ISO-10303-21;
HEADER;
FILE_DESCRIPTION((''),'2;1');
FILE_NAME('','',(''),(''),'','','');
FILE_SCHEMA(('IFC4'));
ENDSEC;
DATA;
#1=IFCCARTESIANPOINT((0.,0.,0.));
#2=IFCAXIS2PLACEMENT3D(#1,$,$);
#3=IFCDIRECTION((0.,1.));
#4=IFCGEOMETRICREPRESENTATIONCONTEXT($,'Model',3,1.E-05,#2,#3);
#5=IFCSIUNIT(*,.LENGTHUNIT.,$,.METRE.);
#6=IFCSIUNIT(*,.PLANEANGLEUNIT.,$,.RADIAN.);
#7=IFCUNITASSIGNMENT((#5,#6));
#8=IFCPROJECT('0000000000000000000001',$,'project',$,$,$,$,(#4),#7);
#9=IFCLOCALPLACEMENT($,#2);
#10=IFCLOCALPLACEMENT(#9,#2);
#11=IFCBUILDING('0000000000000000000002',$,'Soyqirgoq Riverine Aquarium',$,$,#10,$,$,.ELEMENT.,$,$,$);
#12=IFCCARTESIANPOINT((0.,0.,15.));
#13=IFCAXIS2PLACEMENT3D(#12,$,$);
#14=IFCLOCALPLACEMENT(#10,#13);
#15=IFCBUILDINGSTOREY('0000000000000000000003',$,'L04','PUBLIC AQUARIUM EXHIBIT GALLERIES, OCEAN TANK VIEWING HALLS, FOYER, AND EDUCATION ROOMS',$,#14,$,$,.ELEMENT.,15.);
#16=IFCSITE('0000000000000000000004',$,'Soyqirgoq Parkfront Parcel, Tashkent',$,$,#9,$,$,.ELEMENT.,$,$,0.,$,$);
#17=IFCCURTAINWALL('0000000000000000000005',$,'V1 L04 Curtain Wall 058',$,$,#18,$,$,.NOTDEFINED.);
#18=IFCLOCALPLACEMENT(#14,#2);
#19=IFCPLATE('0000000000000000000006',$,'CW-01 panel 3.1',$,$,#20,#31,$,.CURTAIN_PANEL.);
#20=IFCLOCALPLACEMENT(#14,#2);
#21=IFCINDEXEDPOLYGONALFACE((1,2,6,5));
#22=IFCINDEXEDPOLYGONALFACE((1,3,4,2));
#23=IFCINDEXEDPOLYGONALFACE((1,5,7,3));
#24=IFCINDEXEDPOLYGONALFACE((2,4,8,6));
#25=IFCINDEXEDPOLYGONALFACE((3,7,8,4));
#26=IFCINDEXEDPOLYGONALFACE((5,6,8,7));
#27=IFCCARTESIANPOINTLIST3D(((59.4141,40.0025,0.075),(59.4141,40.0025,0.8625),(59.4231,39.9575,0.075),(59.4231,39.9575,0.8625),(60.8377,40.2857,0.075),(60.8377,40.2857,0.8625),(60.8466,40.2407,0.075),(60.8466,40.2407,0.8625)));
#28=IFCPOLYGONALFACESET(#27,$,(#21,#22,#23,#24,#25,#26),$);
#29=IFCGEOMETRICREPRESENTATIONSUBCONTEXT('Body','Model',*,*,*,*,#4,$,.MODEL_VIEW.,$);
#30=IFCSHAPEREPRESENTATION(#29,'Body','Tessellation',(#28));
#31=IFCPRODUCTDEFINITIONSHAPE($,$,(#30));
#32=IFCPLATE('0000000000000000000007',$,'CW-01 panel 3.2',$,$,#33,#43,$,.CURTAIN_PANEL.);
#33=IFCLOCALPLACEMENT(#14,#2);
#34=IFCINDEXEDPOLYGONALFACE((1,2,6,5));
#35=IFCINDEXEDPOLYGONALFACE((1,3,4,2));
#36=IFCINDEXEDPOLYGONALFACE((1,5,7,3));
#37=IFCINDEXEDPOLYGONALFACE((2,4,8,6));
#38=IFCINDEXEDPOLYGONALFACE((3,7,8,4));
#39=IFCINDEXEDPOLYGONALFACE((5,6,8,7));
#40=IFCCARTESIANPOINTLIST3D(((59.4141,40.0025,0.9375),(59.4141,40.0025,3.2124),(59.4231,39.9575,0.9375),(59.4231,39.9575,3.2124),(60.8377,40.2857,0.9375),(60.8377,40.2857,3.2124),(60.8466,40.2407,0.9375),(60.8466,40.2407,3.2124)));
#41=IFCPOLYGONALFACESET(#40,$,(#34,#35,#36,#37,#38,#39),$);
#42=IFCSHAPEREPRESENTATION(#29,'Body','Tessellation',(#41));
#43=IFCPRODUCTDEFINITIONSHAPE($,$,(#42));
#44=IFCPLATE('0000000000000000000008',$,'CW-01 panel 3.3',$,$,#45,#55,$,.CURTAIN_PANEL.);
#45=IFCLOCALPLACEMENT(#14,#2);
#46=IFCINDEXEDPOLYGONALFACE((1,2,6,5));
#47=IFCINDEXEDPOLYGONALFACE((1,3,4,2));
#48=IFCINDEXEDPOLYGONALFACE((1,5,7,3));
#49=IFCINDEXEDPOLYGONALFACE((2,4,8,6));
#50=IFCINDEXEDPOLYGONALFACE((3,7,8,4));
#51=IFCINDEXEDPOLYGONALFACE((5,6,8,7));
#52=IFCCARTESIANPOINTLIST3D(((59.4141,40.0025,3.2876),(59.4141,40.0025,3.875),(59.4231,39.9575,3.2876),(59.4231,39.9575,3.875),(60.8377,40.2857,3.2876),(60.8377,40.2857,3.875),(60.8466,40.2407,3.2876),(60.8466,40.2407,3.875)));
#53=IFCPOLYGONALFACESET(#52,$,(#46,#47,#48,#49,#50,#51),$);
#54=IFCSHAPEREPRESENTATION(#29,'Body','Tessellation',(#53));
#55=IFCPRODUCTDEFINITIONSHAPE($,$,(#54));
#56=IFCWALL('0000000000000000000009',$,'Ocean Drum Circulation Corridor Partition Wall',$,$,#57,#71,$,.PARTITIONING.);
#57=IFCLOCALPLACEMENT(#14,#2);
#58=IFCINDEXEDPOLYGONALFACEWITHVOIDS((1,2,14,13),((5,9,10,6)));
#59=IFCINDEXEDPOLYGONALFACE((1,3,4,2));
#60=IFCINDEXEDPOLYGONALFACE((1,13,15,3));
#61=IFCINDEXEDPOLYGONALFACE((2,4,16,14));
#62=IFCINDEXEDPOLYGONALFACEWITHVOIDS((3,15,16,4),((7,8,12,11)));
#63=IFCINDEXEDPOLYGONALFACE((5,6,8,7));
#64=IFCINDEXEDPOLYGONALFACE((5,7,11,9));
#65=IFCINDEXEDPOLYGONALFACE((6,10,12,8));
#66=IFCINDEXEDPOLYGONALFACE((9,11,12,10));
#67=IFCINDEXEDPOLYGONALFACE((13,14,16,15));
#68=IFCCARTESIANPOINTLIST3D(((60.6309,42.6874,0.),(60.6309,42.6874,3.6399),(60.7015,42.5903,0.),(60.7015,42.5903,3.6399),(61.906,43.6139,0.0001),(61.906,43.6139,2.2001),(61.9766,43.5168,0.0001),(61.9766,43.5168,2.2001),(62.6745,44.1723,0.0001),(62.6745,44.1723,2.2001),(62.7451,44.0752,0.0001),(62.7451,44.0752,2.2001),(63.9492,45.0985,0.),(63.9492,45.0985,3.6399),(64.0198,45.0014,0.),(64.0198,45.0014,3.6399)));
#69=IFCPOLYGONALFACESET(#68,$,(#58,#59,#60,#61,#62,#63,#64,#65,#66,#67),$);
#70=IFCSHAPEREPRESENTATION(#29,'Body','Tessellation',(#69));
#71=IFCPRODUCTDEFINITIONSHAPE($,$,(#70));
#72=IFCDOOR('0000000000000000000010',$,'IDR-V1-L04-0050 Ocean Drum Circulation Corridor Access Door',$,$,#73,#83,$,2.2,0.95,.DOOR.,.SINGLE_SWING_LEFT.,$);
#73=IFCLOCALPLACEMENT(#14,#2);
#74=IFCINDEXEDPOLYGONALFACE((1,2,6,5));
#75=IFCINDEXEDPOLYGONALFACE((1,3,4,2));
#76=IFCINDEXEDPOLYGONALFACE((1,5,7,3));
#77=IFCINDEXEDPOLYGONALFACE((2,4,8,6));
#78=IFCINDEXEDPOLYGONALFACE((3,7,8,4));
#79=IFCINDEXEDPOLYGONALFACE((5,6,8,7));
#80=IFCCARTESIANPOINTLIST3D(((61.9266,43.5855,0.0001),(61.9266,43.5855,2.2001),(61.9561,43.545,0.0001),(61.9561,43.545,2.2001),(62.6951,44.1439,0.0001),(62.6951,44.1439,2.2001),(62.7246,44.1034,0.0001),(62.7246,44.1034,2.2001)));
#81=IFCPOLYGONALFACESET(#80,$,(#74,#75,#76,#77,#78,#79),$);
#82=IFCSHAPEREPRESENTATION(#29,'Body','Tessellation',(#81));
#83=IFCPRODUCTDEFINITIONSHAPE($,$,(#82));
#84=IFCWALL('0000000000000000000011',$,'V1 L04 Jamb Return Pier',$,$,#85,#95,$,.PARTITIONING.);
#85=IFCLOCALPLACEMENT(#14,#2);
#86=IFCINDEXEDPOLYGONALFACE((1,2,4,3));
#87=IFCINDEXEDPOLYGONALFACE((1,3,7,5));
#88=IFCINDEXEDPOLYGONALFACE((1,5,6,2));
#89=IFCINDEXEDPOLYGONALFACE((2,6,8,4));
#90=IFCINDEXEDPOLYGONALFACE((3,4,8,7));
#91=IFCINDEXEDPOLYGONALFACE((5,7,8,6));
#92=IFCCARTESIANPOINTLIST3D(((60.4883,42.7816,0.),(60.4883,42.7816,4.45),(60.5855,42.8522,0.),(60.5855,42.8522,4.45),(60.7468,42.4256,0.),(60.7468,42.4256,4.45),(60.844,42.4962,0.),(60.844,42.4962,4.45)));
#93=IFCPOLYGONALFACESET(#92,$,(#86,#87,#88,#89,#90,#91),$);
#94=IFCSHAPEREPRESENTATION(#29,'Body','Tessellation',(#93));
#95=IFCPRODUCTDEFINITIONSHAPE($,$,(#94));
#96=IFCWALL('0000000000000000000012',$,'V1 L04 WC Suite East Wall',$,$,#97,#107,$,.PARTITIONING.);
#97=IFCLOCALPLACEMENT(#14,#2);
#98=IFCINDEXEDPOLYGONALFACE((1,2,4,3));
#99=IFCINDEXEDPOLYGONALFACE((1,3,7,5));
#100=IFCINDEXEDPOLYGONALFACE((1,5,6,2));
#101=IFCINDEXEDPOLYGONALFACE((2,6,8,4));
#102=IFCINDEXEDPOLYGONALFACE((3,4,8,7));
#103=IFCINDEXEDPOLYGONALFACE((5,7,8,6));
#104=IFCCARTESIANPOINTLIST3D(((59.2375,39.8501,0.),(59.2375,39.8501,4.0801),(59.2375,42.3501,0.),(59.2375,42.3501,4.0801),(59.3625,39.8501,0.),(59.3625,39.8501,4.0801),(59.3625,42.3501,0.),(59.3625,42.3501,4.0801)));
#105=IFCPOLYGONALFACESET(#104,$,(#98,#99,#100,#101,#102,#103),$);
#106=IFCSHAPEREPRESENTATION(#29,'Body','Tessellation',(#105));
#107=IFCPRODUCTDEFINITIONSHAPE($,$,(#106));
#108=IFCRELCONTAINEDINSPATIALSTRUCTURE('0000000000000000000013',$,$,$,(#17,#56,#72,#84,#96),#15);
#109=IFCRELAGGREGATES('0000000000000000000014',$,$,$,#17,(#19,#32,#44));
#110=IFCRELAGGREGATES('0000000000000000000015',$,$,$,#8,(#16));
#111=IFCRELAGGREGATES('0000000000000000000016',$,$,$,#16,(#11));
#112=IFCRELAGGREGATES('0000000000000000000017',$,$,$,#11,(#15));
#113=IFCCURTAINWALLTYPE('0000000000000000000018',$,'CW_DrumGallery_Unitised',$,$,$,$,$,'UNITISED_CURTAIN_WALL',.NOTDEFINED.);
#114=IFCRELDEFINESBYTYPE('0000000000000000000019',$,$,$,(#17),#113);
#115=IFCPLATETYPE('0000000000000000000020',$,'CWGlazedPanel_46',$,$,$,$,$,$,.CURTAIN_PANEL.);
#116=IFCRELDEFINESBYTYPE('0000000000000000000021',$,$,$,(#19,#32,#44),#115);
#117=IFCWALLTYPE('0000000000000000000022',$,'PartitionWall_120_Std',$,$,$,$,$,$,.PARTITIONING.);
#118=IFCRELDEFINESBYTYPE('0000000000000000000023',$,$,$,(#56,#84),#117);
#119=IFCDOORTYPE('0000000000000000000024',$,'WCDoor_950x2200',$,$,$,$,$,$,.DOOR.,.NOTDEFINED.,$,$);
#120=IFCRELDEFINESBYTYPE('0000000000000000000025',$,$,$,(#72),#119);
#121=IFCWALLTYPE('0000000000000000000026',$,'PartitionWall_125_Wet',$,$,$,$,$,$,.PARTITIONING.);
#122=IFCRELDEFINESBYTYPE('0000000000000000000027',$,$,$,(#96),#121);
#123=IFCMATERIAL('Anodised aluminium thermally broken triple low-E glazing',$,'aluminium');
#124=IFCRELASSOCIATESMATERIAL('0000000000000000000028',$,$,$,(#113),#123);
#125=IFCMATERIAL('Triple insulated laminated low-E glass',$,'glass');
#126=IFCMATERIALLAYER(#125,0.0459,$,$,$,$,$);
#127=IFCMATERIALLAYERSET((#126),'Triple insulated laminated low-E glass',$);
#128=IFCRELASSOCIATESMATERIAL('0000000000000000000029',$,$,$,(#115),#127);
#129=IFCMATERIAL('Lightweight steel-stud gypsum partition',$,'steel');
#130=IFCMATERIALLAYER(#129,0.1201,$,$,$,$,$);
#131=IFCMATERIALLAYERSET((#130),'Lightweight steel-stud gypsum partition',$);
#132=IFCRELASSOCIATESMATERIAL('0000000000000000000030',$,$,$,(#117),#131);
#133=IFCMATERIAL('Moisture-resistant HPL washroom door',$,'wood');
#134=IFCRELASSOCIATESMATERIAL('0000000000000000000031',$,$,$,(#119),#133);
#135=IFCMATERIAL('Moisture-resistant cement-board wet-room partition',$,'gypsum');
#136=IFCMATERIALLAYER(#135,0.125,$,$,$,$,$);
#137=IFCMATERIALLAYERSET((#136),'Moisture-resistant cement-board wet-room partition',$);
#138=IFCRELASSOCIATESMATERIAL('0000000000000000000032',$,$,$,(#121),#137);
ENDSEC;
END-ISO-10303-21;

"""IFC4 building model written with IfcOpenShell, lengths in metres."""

from ifc_helpers import new_model, si_unit, direction, frame, frame_2d, origin, origin_2d, place, context, subcontext, project, spatial, rectangle, extrude, material, layer, layer_set, type_object, element, fill, aggregate, save


model = new_model("IFC4")

# Units and contexts
model_context = context("Model", 3, precision=1e-05, world=origin(), true_north=direction((0.0, 1.0)))
body_context = subcontext(model_context, "Body", "Model", "MODEL_VIEW")
ifc_project = project(units=[si_unit("LENGTHUNIT", "METRE"), si_unit("PLANEANGLEUNIT", "RADIAN")], contexts=[model_context])

# Site, building, storey
site_placement = place(None, origin())
site = spatial("IfcSite", under=ifc_project, at=site_placement, Name="Soyqirgoq Parkfront Parcel, Tashkent", CompositionType="ELEMENT", RefElevation=0.0)
building_placement = place(site_placement, origin())
building = spatial("IfcBuilding", under=site, at=building_placement, Name="Soyqirgoq Riverine Aquarium", CompositionType="ELEMENT")
storey_placement = place(building_placement, frame((0.0, 0.0, 15.0)))
storey = spatial("IfcBuildingStorey", under=building, at=storey_placement, Name="L04", Description="PUBLIC AQUARIUM EXHIBIT GALLERIES, OCEAN TANK VIEWING HALLS, FOYER, AND EDUCATION ROOMS", CompositionType="ELEMENT", Elevation=15.0)

# Curtain wall, plates
ifc_material_1 = material(Name="Anodised aluminium thermally broken triple low-E glazing", Category="aluminium")
curtain_wall_type = type_object("IfcCurtainWallType", Name="CW_DrumGallery_Unitised", ElementType="UNITISED_CURTAIN_WALL", PredefinedType="NOTDEFINED", material=ifc_material_1)
curtain_wall_placement = place(storey_placement, origin())
curtain_wall = element("IfcCurtainWall", 1, at=curtain_wall_placement, inside=storey, type_object=curtain_wall_type, Name="V1 L04 Curtain Wall 058", PredefinedType="NOTDEFINED")
ifc_material_2 = material(Name="Triple insulated laminated low-E glass", Category="glass")
ifc_layer_1 = layer(ifc_material_2, 0.0459)
ifc_layer_set_1 = layer_set([ifc_layer_1], Name="Triple insulated laminated low-E glass")
plate_type = type_object("IfcPlateType", Name="CWGlazedPanel_46", PredefinedType="CURTAIN_PANEL", material=ifc_layer_set_1)
plate_1_placement = place(storey_placement, frame((60.1304, 40.1216, 0.075), z_axis=(0.0, 0.0, 1.0), x_axis=(0.980783, 0.195102, 0.0)))
plate_1 = element("IfcPlate", 2, at=plate_1_placement, type_object=plate_type, Name="CW-01 panel 3.1", PredefinedType="CURTAIN_PANEL", context=body_context, shape_type="SweptSolid", body=[
    extrude(rectangle(XDim=1.4514, YDim=0.0459, at=origin_2d()), origin(), (0.0, 0.0, 1.0), 0.7876),
])
plate_2_placement = place(storey_placement, frame((60.1304, 40.1216, 0.9375), z_axis=(0.0, 0.0, 1.0), x_axis=(0.980783, 0.195102, 0.0)))
plate_2 = element("IfcPlate", 3, at=plate_2_placement, type_object=plate_type, Name="CW-01 panel 3.2", PredefinedType="CURTAIN_PANEL", context=body_context, shape_type="SweptSolid", body=[
    extrude(rectangle(XDim=1.4514, YDim=0.0459, at=origin_2d()), origin(), (0.0, 0.0, 1.0), 2.2749),
])
plate_3_placement = place(storey_placement, frame((60.1304, 40.1216, 3.2876), z_axis=(0.0, 0.0, 1.0), x_axis=(0.980783, 0.195102, 0.0)))
plate_3 = element("IfcPlate", 4, at=plate_3_placement, type_object=plate_type, Name="CW-01 panel 3.3", PredefinedType="CURTAIN_PANEL", context=body_context, shape_type="SweptSolid", body=[
    extrude(rectangle(XDim=1.4514, YDim=0.0459, at=origin_2d()), origin(), (0.0, 0.0, 1.0), 0.5874),
])
aggregate(curtain_wall, [plate_1, plate_2, plate_3])

# Wall, opening, door
ifc_material_3 = material(Name="Lightweight steel-stud gypsum partition", Category="steel")
ifc_layer_2 = layer(ifc_material_3, 0.1201)
ifc_layer_set_2 = layer_set([ifc_layer_2], Name="Lightweight steel-stud gypsum partition")
wall_type_1 = type_object("IfcWallType", Name="PartitionWall_120_Std", PredefinedType="PARTITIONING", material=ifc_layer_set_2)
wall_1_placement = place(storey_placement, frame((60.6663, 42.6389, 0.0), z_axis=(0.0, 0.0, 1.0), x_axis=(0.808993, 0.587818, 0.0)))
wall_1 = element("IfcWall", 5, at=wall_1_placement, inside=storey, type_object=wall_type_1, Name="Ocean Drum Circulation Corridor Partition Wall", PredefinedType="PARTITIONING", context=body_context, shape_type="SweptSolid", body=[
    extrude(rectangle(XDim=4.1018, YDim=0.1201, at=frame_2d((2.0508, 0.0))), origin(), (0.0, 0.0, 1.0), 3.6399),
])
opening_placement = place(wall_1_placement, frame((1.5759, 0.0, 0.0)))
opening = element("IfcOpeningElement", 6, at=opening_placement, cuts=wall_1, PredefinedType="OPENING", context=body_context, shape_type="SweptSolid", body=[
    extrude(rectangle(XDim=0.95, YDim=2.2, at=frame_2d((0.4751, 1.1001))), frame((0.0, 0.0701, 0.0), z_axis=(0.0, -1.0, 0.0), x_axis=(1.0, 0.0, 0.0)), (0.0, 0.0, 1.0), 0.1401),
])
ifc_material_4 = material(Name="Moisture-resistant HPL washroom door", Category="wood")
door_type = type_object("IfcDoorType", Name="WCDoor_950x2200", OperationType="NOTDEFINED", PredefinedType="DOOR", material=ifc_material_4)
door_placement = place(opening_placement, origin())
door = element("IfcDoor", 7, at=door_placement, inside=storey, type_object=door_type, Name="IDR-V1-L04-0050 Ocean Drum Circulation Corridor Access Door", OperationType="SINGLE_SWING_LEFT", OverallHeight=2.2, OverallWidth=0.95, PredefinedType="DOOR", context=body_context, shape_type="SweptSolid", body=[
    extrude(rectangle(XDim=0.95, YDim=2.2, at=frame_2d((0.4751, 1.1001))), frame((0.0, 0.0249, 0.0), z_axis=(0.0, -1.0, 0.0), x_axis=(1.0, 0.0, 0.0)), (0.0, 0.0, 1.0), 0.05),
])
fill(opening, door)

# Walls
wall_2_placement = place(storey_placement, frame((60.7954, 42.4609, 0.0), z_axis=(0.0, 0.0, 1.0), x_axis=(-0.587677, 0.809096, 0.0)))
element("IfcWall", 8, at=wall_2_placement, inside=storey, type_object=wall_type_1, Name="V1 L04 Jamb Return Pier", PredefinedType="PARTITIONING", context=body_context, shape_type="SweptSolid", body=[
    extrude(rectangle(XDim=0.4399, YDim=0.1201, at=frame_2d((0.22, 0.0))), origin(), (0.0, 0.0, 1.0), 4.45),
])
ifc_material_5 = material(Name="Moisture-resistant cement-board wet-room partition", Category="gypsum")
ifc_layer_3 = layer(ifc_material_5, 0.125)
ifc_layer_set_3 = layer_set([ifc_layer_3], Name="Moisture-resistant cement-board wet-room partition")
wall_type_2 = type_object("IfcWallType", Name="PartitionWall_125_Wet", PredefinedType="PARTITIONING", material=ifc_layer_set_3)
wall_3_placement = place(storey_placement, frame((59.3, 39.8501, 0.0), z_axis=(0.0, 0.0, 1.0), x_axis=(0.0, 1.0, 0.0)))
element("IfcWall", 9, at=wall_3_placement, inside=storey, type_object=wall_type_2, Name="V1 L04 WC Suite East Wall", PredefinedType="PARTITIONING", context=body_context, shape_type="SweptSolid", body=[
    extrude(rectangle(XDim=2.5, YDim=0.125, at=frame_2d((1.25, 0.0))), origin(), (0.0, 0.0, 1.0), 4.0801),
])

save(model, "model.ifc")
